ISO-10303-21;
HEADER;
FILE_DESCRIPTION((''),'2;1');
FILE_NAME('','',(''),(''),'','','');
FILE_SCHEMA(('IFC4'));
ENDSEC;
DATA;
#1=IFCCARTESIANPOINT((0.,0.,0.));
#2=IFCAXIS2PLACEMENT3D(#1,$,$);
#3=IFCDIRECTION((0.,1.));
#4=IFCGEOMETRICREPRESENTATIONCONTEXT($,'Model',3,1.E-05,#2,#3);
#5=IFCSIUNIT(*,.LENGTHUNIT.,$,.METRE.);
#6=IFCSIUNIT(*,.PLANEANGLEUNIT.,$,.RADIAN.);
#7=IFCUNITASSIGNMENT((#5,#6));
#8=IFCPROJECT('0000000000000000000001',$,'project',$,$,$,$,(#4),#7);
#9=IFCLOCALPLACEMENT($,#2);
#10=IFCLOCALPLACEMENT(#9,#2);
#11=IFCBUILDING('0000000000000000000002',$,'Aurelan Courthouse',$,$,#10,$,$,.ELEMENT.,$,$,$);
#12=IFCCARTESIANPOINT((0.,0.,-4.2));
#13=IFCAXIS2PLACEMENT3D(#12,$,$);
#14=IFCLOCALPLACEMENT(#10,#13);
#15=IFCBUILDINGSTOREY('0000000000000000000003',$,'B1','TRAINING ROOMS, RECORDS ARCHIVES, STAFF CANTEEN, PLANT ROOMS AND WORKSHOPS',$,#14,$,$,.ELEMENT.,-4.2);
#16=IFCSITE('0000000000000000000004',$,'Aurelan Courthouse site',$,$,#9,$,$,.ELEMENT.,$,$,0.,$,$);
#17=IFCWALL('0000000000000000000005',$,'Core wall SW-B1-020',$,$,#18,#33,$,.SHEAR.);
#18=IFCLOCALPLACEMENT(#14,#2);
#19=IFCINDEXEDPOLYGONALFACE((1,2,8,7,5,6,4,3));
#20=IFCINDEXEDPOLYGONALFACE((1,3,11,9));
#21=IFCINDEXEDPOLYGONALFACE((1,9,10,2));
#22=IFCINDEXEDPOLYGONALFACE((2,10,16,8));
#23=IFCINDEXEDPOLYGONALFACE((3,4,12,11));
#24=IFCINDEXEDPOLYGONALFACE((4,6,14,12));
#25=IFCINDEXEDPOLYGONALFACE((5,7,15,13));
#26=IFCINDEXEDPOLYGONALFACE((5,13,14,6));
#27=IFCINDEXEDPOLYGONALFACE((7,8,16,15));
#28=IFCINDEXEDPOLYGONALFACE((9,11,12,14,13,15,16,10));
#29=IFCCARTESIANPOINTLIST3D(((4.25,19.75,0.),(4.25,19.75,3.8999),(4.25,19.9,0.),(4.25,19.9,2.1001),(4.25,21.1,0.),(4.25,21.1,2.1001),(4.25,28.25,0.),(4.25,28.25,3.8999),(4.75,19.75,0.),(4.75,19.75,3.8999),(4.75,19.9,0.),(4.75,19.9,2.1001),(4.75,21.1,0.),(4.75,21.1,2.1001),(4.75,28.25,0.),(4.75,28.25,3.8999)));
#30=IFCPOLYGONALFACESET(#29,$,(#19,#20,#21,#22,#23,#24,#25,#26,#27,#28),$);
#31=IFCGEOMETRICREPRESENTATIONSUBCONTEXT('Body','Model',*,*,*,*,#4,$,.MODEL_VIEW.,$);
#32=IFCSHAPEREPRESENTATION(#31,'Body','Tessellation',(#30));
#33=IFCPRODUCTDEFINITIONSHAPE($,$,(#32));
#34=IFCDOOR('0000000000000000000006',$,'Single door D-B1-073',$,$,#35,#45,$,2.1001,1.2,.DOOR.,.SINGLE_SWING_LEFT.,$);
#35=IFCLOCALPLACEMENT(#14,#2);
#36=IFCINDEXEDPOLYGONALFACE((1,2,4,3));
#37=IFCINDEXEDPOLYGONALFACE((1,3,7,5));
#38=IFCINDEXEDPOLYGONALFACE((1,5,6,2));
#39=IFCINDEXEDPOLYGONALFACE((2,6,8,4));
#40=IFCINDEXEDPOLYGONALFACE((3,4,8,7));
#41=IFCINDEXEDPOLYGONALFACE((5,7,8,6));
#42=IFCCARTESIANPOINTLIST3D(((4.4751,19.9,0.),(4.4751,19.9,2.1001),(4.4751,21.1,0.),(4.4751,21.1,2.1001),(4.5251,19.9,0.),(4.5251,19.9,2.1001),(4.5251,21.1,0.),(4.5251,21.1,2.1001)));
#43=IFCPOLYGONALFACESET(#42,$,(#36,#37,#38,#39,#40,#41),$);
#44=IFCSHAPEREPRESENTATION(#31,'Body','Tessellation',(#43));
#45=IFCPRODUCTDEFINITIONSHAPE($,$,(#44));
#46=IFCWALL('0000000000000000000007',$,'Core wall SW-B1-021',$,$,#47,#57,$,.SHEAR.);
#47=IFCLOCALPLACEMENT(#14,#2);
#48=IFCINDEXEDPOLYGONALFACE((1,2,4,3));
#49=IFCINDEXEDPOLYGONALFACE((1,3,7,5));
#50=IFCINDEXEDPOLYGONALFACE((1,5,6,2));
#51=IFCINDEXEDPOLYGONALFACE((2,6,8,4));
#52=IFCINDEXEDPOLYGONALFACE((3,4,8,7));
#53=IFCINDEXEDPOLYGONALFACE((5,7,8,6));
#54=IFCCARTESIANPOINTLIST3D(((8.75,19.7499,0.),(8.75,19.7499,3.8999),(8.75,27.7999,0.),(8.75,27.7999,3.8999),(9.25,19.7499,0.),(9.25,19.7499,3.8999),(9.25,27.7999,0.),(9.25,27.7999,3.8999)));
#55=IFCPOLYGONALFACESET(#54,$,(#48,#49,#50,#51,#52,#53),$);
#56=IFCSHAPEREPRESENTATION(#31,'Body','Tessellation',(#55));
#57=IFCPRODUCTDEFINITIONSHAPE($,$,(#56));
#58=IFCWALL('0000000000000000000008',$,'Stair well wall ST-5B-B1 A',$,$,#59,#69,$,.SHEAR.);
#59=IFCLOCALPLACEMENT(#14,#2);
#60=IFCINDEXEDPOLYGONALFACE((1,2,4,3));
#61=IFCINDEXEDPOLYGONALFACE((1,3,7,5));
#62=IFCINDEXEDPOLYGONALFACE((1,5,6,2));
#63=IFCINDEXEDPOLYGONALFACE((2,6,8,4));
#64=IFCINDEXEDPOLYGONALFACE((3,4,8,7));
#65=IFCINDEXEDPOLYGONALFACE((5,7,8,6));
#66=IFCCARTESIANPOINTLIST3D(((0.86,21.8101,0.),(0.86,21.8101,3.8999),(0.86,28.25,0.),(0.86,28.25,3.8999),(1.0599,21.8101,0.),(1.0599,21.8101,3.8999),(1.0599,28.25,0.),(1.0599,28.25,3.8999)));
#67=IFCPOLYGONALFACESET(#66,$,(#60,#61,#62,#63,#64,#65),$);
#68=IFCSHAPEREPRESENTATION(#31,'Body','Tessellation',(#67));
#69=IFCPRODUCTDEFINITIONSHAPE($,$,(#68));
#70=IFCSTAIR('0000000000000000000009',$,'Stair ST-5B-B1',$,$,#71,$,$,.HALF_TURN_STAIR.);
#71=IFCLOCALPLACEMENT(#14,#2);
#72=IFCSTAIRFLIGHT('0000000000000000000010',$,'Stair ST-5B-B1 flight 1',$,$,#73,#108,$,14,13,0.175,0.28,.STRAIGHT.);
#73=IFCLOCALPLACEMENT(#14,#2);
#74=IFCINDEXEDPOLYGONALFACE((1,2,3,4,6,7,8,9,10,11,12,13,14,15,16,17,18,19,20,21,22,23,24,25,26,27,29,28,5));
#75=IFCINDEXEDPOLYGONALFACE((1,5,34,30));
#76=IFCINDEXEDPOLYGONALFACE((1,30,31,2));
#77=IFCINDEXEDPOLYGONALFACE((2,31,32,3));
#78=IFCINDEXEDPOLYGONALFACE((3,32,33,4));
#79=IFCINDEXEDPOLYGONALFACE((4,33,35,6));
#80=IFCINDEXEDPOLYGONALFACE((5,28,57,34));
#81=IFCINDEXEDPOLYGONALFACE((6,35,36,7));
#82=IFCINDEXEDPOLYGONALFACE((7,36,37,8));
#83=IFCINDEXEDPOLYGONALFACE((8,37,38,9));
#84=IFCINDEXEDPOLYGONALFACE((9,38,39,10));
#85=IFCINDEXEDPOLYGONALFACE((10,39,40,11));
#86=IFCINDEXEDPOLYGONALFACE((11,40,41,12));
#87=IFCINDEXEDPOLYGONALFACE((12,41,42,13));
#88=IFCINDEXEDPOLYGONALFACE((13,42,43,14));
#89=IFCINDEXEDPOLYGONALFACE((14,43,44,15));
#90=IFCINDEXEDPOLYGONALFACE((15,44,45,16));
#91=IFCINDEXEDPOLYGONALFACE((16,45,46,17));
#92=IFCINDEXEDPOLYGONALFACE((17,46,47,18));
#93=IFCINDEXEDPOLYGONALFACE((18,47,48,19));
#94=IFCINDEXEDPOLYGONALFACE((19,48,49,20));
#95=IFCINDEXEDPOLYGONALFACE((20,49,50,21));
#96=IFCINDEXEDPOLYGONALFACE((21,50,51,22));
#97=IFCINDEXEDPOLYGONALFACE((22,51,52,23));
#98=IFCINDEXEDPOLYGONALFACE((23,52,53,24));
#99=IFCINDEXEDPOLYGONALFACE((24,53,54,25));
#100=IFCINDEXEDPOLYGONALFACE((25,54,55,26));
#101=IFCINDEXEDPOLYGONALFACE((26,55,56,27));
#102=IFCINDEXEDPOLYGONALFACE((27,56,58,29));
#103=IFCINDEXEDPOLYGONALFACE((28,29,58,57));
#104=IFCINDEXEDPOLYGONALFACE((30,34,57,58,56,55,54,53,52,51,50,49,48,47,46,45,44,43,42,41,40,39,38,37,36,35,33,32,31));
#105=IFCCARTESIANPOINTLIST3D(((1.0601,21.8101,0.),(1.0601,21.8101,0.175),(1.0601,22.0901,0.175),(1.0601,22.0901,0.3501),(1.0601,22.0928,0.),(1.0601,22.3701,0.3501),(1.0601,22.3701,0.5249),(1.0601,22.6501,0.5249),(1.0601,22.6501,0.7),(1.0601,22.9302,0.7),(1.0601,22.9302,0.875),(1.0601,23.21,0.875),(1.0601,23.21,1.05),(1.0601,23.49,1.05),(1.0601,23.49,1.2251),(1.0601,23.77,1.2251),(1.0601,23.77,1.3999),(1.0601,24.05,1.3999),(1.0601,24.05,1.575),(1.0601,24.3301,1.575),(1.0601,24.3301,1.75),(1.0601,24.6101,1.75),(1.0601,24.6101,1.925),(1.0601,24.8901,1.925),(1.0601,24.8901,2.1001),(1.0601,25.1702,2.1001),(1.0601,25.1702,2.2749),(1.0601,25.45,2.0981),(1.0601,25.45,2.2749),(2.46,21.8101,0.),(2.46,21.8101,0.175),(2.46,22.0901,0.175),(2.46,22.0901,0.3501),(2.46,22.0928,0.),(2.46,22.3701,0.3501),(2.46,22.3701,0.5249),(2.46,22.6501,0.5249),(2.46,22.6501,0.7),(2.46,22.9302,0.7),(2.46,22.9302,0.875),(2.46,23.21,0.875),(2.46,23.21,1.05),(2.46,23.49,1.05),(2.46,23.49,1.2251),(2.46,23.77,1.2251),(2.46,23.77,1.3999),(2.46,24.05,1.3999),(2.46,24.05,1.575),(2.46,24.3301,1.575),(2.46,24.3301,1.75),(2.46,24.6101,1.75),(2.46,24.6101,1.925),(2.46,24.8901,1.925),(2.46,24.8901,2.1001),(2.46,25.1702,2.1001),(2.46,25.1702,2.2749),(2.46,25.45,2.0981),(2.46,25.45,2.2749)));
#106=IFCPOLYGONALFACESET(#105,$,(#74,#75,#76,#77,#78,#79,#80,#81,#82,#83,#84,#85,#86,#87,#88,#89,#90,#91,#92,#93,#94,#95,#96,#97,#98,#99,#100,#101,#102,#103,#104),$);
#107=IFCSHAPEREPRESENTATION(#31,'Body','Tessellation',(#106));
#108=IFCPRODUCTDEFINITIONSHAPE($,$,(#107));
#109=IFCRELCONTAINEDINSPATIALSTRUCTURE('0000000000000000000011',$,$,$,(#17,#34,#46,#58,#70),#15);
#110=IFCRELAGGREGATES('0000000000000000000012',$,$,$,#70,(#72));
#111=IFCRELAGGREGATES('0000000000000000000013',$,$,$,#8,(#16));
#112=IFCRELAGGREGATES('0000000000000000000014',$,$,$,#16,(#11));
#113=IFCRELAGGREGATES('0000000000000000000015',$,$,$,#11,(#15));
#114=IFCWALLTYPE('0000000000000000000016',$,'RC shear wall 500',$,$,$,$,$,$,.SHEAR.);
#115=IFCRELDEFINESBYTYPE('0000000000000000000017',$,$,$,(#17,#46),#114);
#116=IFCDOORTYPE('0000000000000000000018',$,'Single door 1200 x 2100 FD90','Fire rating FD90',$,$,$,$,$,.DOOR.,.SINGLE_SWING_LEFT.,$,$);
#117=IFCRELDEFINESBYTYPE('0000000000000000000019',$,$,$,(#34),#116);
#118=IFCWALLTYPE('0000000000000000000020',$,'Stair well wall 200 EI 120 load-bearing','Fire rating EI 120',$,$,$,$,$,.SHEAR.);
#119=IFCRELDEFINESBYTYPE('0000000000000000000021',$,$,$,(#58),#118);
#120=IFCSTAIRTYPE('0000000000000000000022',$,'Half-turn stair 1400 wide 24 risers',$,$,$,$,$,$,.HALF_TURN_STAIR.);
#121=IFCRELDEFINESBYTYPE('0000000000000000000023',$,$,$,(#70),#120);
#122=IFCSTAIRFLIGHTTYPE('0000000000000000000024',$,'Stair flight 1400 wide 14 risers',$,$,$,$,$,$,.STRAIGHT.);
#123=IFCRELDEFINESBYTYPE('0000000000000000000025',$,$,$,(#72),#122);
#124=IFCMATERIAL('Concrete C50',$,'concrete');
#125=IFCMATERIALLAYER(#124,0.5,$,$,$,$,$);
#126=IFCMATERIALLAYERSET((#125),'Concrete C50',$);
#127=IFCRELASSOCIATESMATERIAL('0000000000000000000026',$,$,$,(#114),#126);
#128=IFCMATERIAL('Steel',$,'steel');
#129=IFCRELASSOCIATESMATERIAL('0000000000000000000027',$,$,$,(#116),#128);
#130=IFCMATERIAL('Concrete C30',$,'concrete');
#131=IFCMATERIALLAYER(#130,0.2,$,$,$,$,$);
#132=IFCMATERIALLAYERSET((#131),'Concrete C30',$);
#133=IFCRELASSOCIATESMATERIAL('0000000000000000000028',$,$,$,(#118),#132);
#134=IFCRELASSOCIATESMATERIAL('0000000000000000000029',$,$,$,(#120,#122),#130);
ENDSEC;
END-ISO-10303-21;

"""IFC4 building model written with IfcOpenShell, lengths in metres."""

from ifc_helpers import new_model, si_unit, direction, frame, frame_2d, origin, place, context, subcontext, project, spatial, polyline, rectangle, outline, extrude, material, layer, layer_set, type_object, element, fill, aggregate, save


model = new_model("IFC4")

# Units and contexts
model_context = context("Model", 3, precision=1e-05, world=origin(), true_north=direction((0.0, 1.0)))
body_context = subcontext(model_context, "Body", "Model", "MODEL_VIEW")
ifc_project = project(units=[si_unit("LENGTHUNIT", "METRE"), si_unit("PLANEANGLEUNIT", "RADIAN")], contexts=[model_context])

# Site, building, storey
site_placement = place(None, origin())
site = spatial("IfcSite", under=ifc_project, at=site_placement, Name="Aurelan Courthouse site", CompositionType="ELEMENT", RefElevation=0.0)
building_placement = place(site_placement, origin())
building = spatial("IfcBuilding", under=site, at=building_placement, Name="Aurelan Courthouse", CompositionType="ELEMENT")
storey_placement = place(building_placement, frame((0.0, 0.0, -4.2)))
storey = spatial("IfcBuildingStorey", under=building, at=storey_placement, Name="B1", Description="TRAINING ROOMS, RECORDS ARCHIVES, STAFF CANTEEN, PLANT ROOMS AND WORKSHOPS", CompositionType="ELEMENT", Elevation=-4.2)

# Shared definitions
ifc_material_1 = material(Name="Concrete C50", Category="concrete")

# Shared definitions
ifc_layer_1 = layer(ifc_material_1, 0.5)
ifc_layer_set_1 = layer_set([ifc_layer_1], Name="Concrete C50")
wall_type_1 = type_object("IfcWallType", Name="RC shear wall 500", PredefinedType="SHEAR", material=ifc_layer_set_1)

# Shared definitions
ifc_material_2 = material(Name="Steel", Category="steel")
door_type = type_object("IfcDoorType", Name="Single door 1200 x 2100 FD90", Description="Fire rating FD90", OperationType="SINGLE_SWING_LEFT", PredefinedType="DOOR", material=ifc_material_2)

# Wall, opening, door
wall_1_placement = place(storey_placement, frame((4.5, 19.75, 0.0), z_axis=(0.0, 0.0, 1.0), x_axis=(0.0, 1.0, 0.0)))
wall_1 = element("IfcWall", 1, at=wall_1_placement, inside=storey, type_object=wall_type_1, Name="Core wall SW-B1-020", PredefinedType="SHEAR", context=body_context, shape_type="SweptSolid", body=[
    extrude(rectangle(XDim=8.5, YDim=0.5, at=frame_2d((4.25, 0.0))), origin(), (0.0, 0.0, 1.0), 3.8999),
])
opening_1_placement = place(wall_1_placement, frame((0.1499, 0.0, 0.0)))
opening_1 = element("IfcOpeningElement", 2, at=opening_1_placement, cuts=wall_1, PredefinedType="OPENING", context=body_context, shape_type="SweptSolid", body=[
    extrude(rectangle(XDim=1.2, YDim=2.1001, at=frame_2d((0.6001, 1.05))), frame((0.0, 0.26, 0.0), z_axis=(0.0, -1.0, 0.0), x_axis=(1.0, 0.0, 0.0)), (0.0, 0.0, 1.0), 0.52),
])
door_1_placement = place(opening_1_placement, origin())
door_1 = element("IfcDoor", 3, at=door_1_placement, inside=storey, type_object=door_type, Name="Single door D-B1-073", OperationType="SINGLE_SWING_LEFT", OverallHeight=2.1001, OverallWidth=1.2, PredefinedType="DOOR", context=body_context, shape_type="SweptSolid", body=[
    extrude(rectangle(XDim=1.2, YDim=2.1001, at=frame_2d((0.6001, 1.05))), frame((0.0, 0.0249, 0.0), z_axis=(0.0, -1.0, 0.0), x_axis=(1.0, 0.0, 0.0)), (0.0, 0.0, 1.0), 0.05),
])
fill(opening_1, door_1)

# Walls
wall_2_placement = place(storey_placement, frame((9.0, 19.75, 0.0), z_axis=(0.0, 0.0, 1.0), x_axis=(0.0, 1.0, 0.0)))
element("IfcWall", 4, at=wall_2_placement, inside=storey, type_object=wall_type_1, Name="Core wall SW-B1-021", PredefinedType="SHEAR", context=body_context, shape_type="SweptSolid", body=[
    extrude(rectangle(XDim=8.05, YDim=0.5, at=frame_2d((4.0249, 0.0))), origin(), (0.0, 0.0, 1.0), 3.8999),
])
ifc_material_3 = material(Name="Concrete C30", Category="concrete")
ifc_layer_2 = layer(ifc_material_3, 0.2)
ifc_layer_set_2 = layer_set([ifc_layer_2], Name="Concrete C30")
wall_type_2 = type_object("IfcWallType", Name="Stair well wall 200 EI 120 load-bearing", Description="Fire rating EI 120", PredefinedType="SHEAR", material=ifc_layer_set_2)
wall_3_placement = place(storey_placement, frame((0.96, 21.8101, 0.0), z_axis=(0.0, 0.0, 1.0), x_axis=(0.0, 1.0, 0.0)))
element("IfcWall", 5, at=wall_3_placement, inside=storey, type_object=wall_type_2, Name="Stair well wall ST-5B-B1 A", PredefinedType="SHEAR", context=body_context, shape_type="SweptSolid", body=[
    extrude(rectangle(XDim=6.4399, YDim=0.2, at=frame_2d((3.22, 0.0))), origin(), (0.0, 0.0, 1.0), 3.8999),
])

# Stair, stair flight
stair_type = type_object("IfcStairType", Name="Half-turn stair 1400 wide 24 risers", PredefinedType="HALF_TURN_STAIR", material=ifc_material_3)
stair_placement = place(storey_placement, origin())
stair = element("IfcStair", 6, at=stair_placement, inside=storey, type_object=stair_type, Name="Stair ST-5B-B1", PredefinedType="HALF_TURN_STAIR")
stair_flight_type = type_object("IfcStairFlightType", Name="Stair flight 1400 wide 14 risers", PredefinedType="STRAIGHT", material=ifc_material_3)
stair_flight_placement = place(storey_placement, frame((1.76, 21.8101, 0.0), z_axis=(0.0, 0.0, 1.0), x_axis=(0.0, 1.0, 0.0)))
stair_flight = element("IfcStairFlight", 7, at=stair_flight_placement, type_object=stair_flight_type, Name="Stair ST-5B-B1 flight 1", NumberOfRisers=14, NumberOfTreads=13, PredefinedType="STRAIGHT", RiserHeight=0.175, TreadLength=0.28, context=body_context, shape_type="SweptSolid", body=[
    extrude(outline(polyline([(0.0, 0.0), (0.0, 0.175), (0.28, 0.175), (0.28, 0.3501), (0.5601, 0.3501), (0.5601, 0.5249), (0.8401, 0.5249), (0.8401, 0.7), (1.1201, 0.7), (1.1201, 0.875), (1.3999, 0.875), (1.3999, 1.05), (1.6799, 1.05), (1.6799, 1.2251), (1.96, 1.2251), (1.96, 1.3999), (2.24, 1.3999), (2.24, 1.575), (2.52, 1.575), (2.52, 1.75), (2.8, 1.75), (2.8, 1.925), (3.0801, 1.925), (3.0801, 2.1001), (3.3601, 2.1001), (3.3601, 2.2749), (3.6399, 2.2749), (3.6399, 2.45), (3.6399, 2.0981), (0.2827, 0.0), (0.0, 0.0)])), frame((0.0, 0.7, 0.0), z_axis=(0.0, -1.0, 0.0), x_axis=(1.0, 0.0, 0.0)), (0.0, 0.0, 1.0), 1.3999),
])
aggregate(stair, [stair_flight])

save(model, "model.ifc")
